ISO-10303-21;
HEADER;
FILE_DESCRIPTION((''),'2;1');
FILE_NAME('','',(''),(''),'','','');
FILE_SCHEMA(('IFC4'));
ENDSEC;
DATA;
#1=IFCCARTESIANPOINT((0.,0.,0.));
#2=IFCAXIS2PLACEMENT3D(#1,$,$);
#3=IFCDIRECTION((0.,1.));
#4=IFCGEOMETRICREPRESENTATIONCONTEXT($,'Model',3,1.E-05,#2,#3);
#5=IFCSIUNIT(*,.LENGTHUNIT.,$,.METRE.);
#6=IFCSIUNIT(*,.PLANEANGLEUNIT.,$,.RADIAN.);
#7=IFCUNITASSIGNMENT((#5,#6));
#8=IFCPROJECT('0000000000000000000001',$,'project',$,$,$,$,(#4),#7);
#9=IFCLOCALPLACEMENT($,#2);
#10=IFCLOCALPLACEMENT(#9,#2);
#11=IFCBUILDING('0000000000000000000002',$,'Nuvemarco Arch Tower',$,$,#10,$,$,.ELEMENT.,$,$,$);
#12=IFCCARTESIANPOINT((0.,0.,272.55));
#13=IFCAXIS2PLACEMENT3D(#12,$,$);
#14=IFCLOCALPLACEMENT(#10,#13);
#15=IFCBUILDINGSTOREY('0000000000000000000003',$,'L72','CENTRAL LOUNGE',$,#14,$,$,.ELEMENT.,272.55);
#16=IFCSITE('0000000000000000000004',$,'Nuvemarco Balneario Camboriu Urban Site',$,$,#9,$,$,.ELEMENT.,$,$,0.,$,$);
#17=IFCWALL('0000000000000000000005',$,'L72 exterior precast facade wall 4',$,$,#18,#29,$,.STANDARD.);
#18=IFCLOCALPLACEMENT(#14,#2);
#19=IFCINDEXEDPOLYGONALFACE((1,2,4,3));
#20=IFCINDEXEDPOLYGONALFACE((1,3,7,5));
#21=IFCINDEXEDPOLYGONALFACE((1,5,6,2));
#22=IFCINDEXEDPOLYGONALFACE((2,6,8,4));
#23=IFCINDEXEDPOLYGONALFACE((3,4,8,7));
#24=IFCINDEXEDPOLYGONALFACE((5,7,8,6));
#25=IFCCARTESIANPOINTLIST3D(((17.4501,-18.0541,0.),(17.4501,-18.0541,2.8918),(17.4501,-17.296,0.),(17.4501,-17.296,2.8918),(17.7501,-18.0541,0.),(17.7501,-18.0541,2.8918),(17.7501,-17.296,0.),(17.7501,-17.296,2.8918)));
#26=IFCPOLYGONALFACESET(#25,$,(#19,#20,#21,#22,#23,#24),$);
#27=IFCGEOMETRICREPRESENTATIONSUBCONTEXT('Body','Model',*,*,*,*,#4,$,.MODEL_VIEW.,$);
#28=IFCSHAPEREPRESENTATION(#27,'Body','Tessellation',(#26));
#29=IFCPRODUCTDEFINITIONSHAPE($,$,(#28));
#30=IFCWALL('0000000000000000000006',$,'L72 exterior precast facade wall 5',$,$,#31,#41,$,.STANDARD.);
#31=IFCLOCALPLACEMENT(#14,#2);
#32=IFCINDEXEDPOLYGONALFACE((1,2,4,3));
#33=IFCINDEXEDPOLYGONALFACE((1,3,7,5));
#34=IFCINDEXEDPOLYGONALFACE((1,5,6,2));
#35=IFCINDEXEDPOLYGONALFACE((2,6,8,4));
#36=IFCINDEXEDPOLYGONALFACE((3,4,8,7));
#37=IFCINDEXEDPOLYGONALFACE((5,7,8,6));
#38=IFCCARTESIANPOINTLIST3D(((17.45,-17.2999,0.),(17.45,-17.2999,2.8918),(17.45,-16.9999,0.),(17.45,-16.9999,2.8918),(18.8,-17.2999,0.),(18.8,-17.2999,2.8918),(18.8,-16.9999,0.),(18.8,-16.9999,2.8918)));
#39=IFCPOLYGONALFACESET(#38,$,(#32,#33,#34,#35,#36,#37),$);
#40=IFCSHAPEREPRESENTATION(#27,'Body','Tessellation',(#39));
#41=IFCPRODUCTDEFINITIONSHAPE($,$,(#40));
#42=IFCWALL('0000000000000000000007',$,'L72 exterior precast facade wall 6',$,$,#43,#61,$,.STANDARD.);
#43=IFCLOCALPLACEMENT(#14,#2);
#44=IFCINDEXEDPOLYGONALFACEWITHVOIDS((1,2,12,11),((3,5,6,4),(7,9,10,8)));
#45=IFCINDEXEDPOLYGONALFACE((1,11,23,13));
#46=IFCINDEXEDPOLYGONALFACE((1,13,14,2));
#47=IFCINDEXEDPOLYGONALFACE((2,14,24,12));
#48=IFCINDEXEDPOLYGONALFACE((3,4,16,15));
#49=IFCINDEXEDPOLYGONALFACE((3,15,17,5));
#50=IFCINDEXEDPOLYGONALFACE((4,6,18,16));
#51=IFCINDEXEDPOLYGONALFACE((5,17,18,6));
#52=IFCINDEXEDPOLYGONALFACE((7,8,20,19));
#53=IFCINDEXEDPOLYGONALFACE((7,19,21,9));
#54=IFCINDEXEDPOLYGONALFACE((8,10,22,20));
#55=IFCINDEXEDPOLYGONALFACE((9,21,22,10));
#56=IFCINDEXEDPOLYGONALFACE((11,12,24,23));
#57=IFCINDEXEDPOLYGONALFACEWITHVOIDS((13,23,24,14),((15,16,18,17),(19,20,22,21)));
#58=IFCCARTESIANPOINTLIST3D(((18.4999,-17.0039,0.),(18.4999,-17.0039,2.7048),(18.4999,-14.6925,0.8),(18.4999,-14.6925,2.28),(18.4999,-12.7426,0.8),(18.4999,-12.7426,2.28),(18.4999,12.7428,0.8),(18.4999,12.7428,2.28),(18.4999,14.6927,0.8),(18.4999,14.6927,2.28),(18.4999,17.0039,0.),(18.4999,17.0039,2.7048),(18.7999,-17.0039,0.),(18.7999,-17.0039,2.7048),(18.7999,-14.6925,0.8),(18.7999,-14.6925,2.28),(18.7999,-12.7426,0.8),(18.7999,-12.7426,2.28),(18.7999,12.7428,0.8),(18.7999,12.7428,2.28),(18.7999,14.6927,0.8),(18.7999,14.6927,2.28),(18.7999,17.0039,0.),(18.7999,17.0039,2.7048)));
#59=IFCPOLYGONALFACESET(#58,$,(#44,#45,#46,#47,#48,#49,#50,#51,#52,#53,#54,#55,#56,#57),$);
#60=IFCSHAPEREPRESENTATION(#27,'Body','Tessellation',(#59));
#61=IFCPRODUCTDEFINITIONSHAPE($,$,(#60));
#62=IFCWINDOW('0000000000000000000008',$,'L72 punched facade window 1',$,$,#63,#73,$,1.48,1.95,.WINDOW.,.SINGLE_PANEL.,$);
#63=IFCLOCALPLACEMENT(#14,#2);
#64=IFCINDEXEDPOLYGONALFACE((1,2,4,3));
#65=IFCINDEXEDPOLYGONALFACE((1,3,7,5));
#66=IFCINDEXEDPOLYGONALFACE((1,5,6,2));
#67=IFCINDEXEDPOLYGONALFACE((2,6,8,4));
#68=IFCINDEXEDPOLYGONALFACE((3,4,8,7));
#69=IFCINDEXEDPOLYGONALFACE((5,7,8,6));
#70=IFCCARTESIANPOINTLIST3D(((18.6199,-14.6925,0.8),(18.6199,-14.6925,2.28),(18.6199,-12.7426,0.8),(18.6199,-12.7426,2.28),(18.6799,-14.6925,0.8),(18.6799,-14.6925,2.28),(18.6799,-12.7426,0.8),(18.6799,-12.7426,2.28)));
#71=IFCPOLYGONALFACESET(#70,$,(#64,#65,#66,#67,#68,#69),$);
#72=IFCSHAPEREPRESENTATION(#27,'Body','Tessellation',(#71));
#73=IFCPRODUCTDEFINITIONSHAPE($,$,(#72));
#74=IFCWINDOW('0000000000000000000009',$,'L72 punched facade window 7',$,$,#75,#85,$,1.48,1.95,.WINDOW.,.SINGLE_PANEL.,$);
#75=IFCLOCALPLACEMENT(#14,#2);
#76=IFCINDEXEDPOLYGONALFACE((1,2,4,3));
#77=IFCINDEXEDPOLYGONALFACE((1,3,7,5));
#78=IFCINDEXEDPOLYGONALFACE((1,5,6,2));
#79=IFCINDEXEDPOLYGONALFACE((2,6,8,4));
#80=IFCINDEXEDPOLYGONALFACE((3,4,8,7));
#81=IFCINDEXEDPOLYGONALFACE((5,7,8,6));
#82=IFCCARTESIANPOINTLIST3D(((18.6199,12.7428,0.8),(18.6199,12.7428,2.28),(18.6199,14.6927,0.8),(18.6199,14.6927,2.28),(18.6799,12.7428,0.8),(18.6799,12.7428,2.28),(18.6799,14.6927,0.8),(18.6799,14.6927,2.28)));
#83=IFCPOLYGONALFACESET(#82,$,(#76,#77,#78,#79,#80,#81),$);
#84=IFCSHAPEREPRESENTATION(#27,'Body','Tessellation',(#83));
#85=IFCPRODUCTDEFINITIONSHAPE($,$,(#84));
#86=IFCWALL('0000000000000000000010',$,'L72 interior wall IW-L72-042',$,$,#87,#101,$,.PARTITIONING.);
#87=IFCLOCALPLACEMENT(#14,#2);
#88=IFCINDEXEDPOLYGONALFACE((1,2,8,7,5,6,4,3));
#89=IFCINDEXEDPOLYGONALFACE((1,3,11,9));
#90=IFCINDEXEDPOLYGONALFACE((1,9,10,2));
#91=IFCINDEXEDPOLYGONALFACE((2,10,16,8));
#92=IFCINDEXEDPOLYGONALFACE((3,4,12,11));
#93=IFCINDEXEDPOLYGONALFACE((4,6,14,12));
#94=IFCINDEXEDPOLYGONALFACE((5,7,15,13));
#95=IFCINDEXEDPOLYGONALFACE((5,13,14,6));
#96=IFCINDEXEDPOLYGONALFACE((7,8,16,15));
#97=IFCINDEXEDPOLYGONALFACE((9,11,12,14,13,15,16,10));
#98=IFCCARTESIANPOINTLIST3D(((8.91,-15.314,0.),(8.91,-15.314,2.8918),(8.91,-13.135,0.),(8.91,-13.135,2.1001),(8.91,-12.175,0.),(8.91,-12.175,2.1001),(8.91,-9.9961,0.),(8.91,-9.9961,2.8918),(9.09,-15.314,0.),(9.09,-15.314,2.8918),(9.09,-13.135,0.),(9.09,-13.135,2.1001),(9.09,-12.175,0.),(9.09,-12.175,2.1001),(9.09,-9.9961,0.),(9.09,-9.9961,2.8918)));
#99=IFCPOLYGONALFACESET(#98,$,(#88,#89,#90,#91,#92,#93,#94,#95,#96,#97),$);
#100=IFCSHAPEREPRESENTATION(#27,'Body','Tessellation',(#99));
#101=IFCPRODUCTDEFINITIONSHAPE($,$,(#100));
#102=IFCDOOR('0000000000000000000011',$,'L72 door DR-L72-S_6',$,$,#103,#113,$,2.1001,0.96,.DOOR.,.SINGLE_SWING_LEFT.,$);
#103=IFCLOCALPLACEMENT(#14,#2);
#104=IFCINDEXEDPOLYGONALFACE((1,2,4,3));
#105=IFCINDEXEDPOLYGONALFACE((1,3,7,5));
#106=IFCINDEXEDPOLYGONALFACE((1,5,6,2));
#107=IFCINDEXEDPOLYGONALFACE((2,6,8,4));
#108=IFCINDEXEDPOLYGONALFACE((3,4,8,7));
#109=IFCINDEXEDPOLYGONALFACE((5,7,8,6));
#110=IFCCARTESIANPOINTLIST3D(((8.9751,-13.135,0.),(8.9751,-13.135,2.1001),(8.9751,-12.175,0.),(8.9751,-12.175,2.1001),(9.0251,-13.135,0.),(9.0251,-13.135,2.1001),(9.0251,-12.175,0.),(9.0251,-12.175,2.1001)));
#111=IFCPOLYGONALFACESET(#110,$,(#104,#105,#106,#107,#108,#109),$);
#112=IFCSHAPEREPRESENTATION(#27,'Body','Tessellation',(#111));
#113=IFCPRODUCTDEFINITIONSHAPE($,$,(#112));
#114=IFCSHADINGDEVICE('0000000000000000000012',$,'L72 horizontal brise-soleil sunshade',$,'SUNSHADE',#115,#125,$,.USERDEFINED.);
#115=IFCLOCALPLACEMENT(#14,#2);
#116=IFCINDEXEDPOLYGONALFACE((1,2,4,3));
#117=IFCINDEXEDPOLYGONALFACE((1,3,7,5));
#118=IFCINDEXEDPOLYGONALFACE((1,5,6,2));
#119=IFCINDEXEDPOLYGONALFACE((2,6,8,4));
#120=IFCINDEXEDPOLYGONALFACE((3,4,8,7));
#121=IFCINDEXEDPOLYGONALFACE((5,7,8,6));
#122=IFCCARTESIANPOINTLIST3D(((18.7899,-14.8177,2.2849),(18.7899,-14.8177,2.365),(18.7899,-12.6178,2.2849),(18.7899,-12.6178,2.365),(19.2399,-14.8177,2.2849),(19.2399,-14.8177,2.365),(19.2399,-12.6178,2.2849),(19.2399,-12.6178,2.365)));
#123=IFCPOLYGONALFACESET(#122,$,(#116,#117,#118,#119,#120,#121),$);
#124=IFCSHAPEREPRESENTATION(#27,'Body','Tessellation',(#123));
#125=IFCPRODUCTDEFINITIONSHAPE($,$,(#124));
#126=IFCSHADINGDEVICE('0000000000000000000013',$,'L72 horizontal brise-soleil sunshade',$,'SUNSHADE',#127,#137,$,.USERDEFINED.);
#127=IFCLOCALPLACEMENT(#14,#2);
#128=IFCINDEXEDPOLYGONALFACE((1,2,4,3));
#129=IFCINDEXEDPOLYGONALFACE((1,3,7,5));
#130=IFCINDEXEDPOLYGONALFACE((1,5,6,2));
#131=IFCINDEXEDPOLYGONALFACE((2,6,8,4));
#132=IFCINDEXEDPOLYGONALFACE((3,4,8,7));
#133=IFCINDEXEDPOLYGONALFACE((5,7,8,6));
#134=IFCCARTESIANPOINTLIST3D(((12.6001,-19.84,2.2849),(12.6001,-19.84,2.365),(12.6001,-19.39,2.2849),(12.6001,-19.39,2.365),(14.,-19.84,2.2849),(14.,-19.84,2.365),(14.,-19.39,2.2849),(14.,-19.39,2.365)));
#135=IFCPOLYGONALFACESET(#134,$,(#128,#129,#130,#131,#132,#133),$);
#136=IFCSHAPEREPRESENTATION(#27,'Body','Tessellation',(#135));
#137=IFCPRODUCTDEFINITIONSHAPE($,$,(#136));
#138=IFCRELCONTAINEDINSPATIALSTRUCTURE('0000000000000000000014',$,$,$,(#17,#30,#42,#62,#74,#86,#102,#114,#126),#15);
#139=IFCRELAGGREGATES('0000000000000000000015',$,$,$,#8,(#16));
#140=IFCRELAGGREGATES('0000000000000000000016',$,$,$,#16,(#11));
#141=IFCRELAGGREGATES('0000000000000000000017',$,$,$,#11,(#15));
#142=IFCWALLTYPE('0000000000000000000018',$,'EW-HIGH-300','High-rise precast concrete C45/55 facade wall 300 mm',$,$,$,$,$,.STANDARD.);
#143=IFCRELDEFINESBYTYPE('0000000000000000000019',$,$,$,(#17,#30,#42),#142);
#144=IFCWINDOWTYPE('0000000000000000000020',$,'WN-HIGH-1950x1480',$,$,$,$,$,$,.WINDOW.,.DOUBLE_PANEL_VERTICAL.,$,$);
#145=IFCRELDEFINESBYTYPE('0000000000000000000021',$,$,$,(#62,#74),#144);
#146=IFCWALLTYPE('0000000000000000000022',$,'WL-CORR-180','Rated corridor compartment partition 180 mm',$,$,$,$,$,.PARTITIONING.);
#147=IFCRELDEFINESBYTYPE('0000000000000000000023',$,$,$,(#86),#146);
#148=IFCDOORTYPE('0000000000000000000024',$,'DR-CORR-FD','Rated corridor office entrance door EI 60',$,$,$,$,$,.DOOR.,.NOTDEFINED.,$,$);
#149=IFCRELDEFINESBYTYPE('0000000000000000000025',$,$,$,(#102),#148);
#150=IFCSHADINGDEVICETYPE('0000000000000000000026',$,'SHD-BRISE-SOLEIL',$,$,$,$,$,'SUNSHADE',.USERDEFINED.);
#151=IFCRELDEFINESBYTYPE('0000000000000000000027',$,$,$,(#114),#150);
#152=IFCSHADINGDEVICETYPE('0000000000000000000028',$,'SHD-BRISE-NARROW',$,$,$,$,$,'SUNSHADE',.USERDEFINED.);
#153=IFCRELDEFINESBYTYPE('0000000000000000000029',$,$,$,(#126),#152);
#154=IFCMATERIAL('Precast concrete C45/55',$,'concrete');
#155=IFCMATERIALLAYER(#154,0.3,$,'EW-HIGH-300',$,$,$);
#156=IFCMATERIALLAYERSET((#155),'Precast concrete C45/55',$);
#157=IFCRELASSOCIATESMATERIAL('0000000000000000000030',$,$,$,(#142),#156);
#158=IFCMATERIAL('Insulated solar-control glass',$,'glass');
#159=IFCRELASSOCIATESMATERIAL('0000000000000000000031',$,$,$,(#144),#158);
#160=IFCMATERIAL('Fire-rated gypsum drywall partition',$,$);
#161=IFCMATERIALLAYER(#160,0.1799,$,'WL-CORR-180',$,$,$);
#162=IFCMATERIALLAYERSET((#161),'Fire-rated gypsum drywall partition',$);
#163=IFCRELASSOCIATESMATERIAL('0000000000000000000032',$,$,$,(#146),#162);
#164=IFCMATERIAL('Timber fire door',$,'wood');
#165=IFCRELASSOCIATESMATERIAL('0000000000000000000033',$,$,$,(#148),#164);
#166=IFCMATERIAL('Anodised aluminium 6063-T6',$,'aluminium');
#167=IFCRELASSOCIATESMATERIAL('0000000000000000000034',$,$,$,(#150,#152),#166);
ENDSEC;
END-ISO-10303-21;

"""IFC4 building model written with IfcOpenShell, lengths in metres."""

from ifc_helpers import new_model, si_unit, direction, frame, frame_2d, origin, origin_2d, place, context, subcontext, project, spatial, rectangle, extrude, source, transform, mapped, material, layer, layer_set, type_object, type_shapes, element, fill, save


model = new_model("IFC4")

# Units and contexts
model_context = context("Model", 3, precision=1e-05, world=origin(), true_north=direction((0.0, 1.0)))
body_context = subcontext(model_context, "Body", "Model", "MODEL_VIEW")
ifc_project = project(units=[si_unit("LENGTHUNIT", "METRE"), si_unit("PLANEANGLEUNIT", "RADIAN")], contexts=[model_context])

# Site, building, storey
site_placement = place(None, origin())
site = spatial("IfcSite", under=ifc_project, at=site_placement, Name="Nuvemarco Balneario Camboriu Urban Site", CompositionType="ELEMENT", RefElevation=0.0)
building_placement = place(site_placement, origin())
building = spatial("IfcBuilding", under=site, at=building_placement, Name="Nuvemarco Arch Tower", CompositionType="ELEMENT")
storey_placement = place(building_placement, frame((0.0, 0.0, 272.55)))
storey = spatial("IfcBuildingStorey", under=building, at=storey_placement, Name="L72", Description="CENTRAL LOUNGE", CompositionType="ELEMENT", Elevation=272.55)

# Shared definitions
ifc_material_1 = material(Name="Precast concrete C45/55", Category="concrete")

# Walls
ifc_layer_1 = layer(ifc_material_1, 0.3, Name="EW-HIGH-300")
ifc_layer_set_1 = layer_set([ifc_layer_1], Name="Precast concrete C45/55")
wall_type_1 = type_object("IfcWallType", Name="EW-HIGH-300", Description="High-rise precast concrete C45/55 facade wall 300 mm", PredefinedType="STANDARD", material=ifc_layer_set_1)
wall_1_placement = place(storey_placement, frame((17.6001, -18.054, 0.0), z_axis=(0.0, 0.0, 1.0), x_axis=(0.0, 1.0, 0.0)))
element("IfcWall", 1, at=wall_1_placement, inside=storey, type_object=wall_type_1, Name="L72 exterior precast facade wall 4", PredefinedType="STANDARD", context=body_context, shape_type="SweptSolid", body=[
    extrude(rectangle(XDim=0.7581, YDim=0.3, at=frame_2d((0.3789, 0.0))), origin(), (0.0, 0.0, 1.0), 2.8918),
])
wall_2_placement = place(storey_placement, frame((17.45, -17.1499, 0.0), z_axis=(0.0, 0.0, 1.0), x_axis=(1.0, 0.0, 0.0)))
element("IfcWall", 2, at=wall_2_placement, inside=storey, type_object=wall_type_1, Name="L72 exterior precast facade wall 5", PredefinedType="STANDARD", context=body_context, shape_type="SweptSolid", body=[
    extrude(rectangle(XDim=1.3501, YDim=0.3, at=frame_2d((0.675, 0.0))), origin(), (0.0, 0.0, 1.0), 2.8918),
])

# Wall, openings, windows
wall_3_placement = place(storey_placement, frame((18.6499, -17.0039, 0.0), z_axis=(0.0, 0.0, 1.0), x_axis=(0.0, 1.0, 0.0)))
wall_3 = element("IfcWall", 3, at=wall_3_placement, inside=storey, type_object=wall_type_1, Name="L72 exterior precast facade wall 6", PredefinedType="STANDARD", context=body_context, shape_type="SweptSolid", body=[
    extrude(rectangle(XDim=34.0078, YDim=0.3, at=frame_2d((17.0039, 0.0))), origin(), (0.0, 0.0, 1.0), 2.7048),
])
opening_1_placement = place(wall_3_placement, frame((2.3113, 0.0, 0.8)))
opening_1 = element("IfcOpeningElement", 4, at=opening_1_placement, cuts=wall_3, PredefinedType="OPENING", context=body_context, shape_type="SweptSolid", body=[
    extrude(rectangle(XDim=1.95, YDim=1.48, at=frame_2d((0.9751, 0.74))), frame((0.0, 0.1599, 0.0), z_axis=(0.0, -1.0, 0.0), x_axis=(1.0, 0.0, 0.0)), (0.0, 0.0, 1.0), 0.3201),
])
opening_2_placement = place(wall_3_placement, frame((29.7466, 0.0, 0.8)))
opening_2 = element("IfcOpeningElement", 5, at=opening_2_placement, cuts=wall_3, PredefinedType="OPENING", context=body_context, shape_type="SweptSolid", body=[
    extrude(rectangle(XDim=1.95, YDim=1.48, at=frame_2d((0.9751, 0.74))), frame((0.0, 0.1599, 0.0), z_axis=(0.0, -1.0, 0.0), x_axis=(1.0, 0.0, 0.0)), (0.0, 0.0, 1.0), 0.3201),
])
ifc_material_2 = material(Name="Insulated solar-control glass", Category="glass")
window_type = type_object("IfcWindowType", Name="WN-HIGH-1950x1480", PartitioningType="DOUBLE_PANEL_VERTICAL", PredefinedType="WINDOW", material=ifc_material_2)
shared_shape_1 = source(origin(), body_context, "Body", "SweptSolid", [
    extrude(rectangle(XDim=1.95, YDim=1.48, at=frame_2d((0.9751, 0.74))), frame((0.0, 0.03, 0.0), z_axis=(0.0, -1.0, 0.0), x_axis=(1.0, 0.0, 0.0)), (0.0, 0.0, 1.0), 0.0601),
])
type_shapes(window_type, [shared_shape_1])
window_1_placement = place(opening_1_placement, origin())
window_1 = element("IfcWindow", 6, at=window_1_placement, inside=storey, type_object=window_type, Name="L72 punched facade window 1", OverallHeight=1.48, OverallWidth=1.95, PartitioningType="SINGLE_PANEL", PredefinedType="WINDOW", context=body_context, shape_type="MappedRepresentation", body=[
    mapped(shared_shape_1, transform((0.0, 0.0, 0.0), scale=1.0)),
])
fill(opening_1, window_1)
window_2_placement = place(opening_2_placement, origin())
window_2 = element("IfcWindow", 7, at=window_2_placement, inside=storey, type_object=window_type, Name="L72 punched facade window 7", OverallHeight=1.48, OverallWidth=1.95, PartitioningType="SINGLE_PANEL", PredefinedType="WINDOW", context=body_context, shape_type="MappedRepresentation", body=[
    mapped(shared_shape_1, transform((0.0, 0.0, 0.0), scale=1.0)),
])
fill(opening_2, window_2)

# Wall, opening, door
ifc_material_3 = material(Name="Fire-rated gypsum drywall partition")
ifc_layer_2 = layer(ifc_material_3, 0.1799, Name="WL-CORR-180")
ifc_layer_set_2 = layer_set([ifc_layer_2], Name="Fire-rated gypsum drywall partition")
wall_type_2 = type_object("IfcWallType", Name="WL-CORR-180", Description="Rated corridor compartment partition 180 mm", PredefinedType="PARTITIONING", material=ifc_layer_set_2)
wall_4_placement = place(storey_placement, frame((9.0, -15.314, 0.0), z_axis=(0.0, 0.0, 1.0), x_axis=(0.0, 1.0, 0.0)))
wall_4 = element("IfcWall", 8, at=wall_4_placement, inside=storey, type_object=wall_type_2, Name="L72 interior wall IW-L72-042", PredefinedType="PARTITIONING", context=body_context, shape_type="SweptSolid", body=[
    extrude(rectangle(XDim=5.3179, YDim=0.1799, at=frame_2d((2.6589, 0.0))), origin(), (0.0, 0.0, 1.0), 2.8918),
])
opening_3_placement = place(wall_4_placement, frame((2.179, 0.0, 0.0)))
opening_3 = element("IfcOpeningElement", 9, at=opening_3_placement, cuts=wall_4, PredefinedType="OPENING", context=body_context, shape_type="SweptSolid", body=[
    extrude(rectangle(XDim=0.96, YDim=2.1001, at=frame_2d((0.48, 1.05))), frame((0.0, 0.0999, 0.0), z_axis=(0.0, -1.0, 0.0), x_axis=(1.0, 0.0, 0.0)), (0.0, 0.0, 1.0), 0.2),
])
ifc_material_4 = material(Name="Timber fire door", Category="wood")
door_type = type_object("IfcDoorType", Name="DR-CORR-FD", Description="Rated corridor office entrance door EI 60", OperationType="NOTDEFINED", PredefinedType="DOOR", material=ifc_material_4)
shared_shape_2 = source(origin(), body_context, "Body", "SweptSolid", [
    extrude(rectangle(XDim=0.96, YDim=2.1001, at=frame_2d((0.48, 1.05))), frame((0.0, 0.0249, 0.0), z_axis=(0.0, -1.0, 0.0), x_axis=(1.0, 0.0, 0.0)), (0.0, 0.0, 1.0), 0.05),
])
type_shapes(door_type, [shared_shape_2])
door_placement = place(opening_3_placement, origin())
door = element("IfcDoor", 10, at=door_placement, inside=storey, type_object=door_type, Name="L72 door DR-L72-S_6", OperationType="SINGLE_SWING_LEFT", OverallHeight=2.1001, OverallWidth=0.96, PredefinedType="DOOR", context=body_context, shape_type="MappedRepresentation", body=[
    mapped(shared_shape_2, transform((0.0, 0.0, 0.0), scale=1.0)),
])
fill(opening_3, door)

# Shading devices
ifc_material_5 = material(Name="Anodised aluminium 6063-T6", Category="aluminium")
shading_device_type_1 = type_object("IfcShadingDeviceType", Name="SHD-BRISE-SOLEIL", ElementType="SUNSHADE", PredefinedType="USERDEFINED", material=ifc_material_5)
shared_shape_3 = source(origin(), body_context, "Body", "SweptSolid", [
    extrude(rectangle(XDim=2.2, YDim=0.45, at=origin_2d()), origin(), (0.0, 0.0, 1.0), 0.0801),
])
type_shapes(shading_device_type_1, [shared_shape_3])
shading_device_1_placement = place(storey_placement, frame((19.0149, -13.7178, 2.2849), z_axis=(0.0, 0.0, 1.0), x_axis=(0.0, 1.0, 0.0)))
element("IfcShadingDevice", 11, at=shading_device_1_placement, inside=storey, type_object=shading_device_type_1, Name="L72 horizontal brise-soleil sunshade", ObjectType="SUNSHADE", PredefinedType="USERDEFINED", context=body_context, shape_type="MappedRepresentation", body=[
    mapped(shared_shape_3, transform((0.0, 0.0, 0.0), scale=1.0)),
])
shading_device_type_2 = type_object("IfcShadingDeviceType", Name="SHD-BRISE-NARROW", ElementType="SUNSHADE", PredefinedType="USERDEFINED", material=ifc_material_5)
shared_shape_4 = source(origin(), body_context, "Body", "SweptSolid", [
    extrude(rectangle(XDim=1.3999, YDim=0.45, at=origin_2d()), origin(), (0.0, 0.0, 1.0), 0.0801),
])
type_shapes(shading_device_type_2, [shared_shape_4])
shading_device_2_placement = place(storey_placement, frame((13.3, -19.615, 2.2849), z_axis=(0.0, 0.0, 1.0), x_axis=(1.0, 0.0, 0.0)))
element("IfcShadingDevice", 12, at=shading_device_2_placement, inside=storey, type_object=shading_device_type_2, Name="L72 horizontal brise-soleil sunshade", ObjectType="SUNSHADE", PredefinedType="USERDEFINED", context=body_context, shape_type="MappedRepresentation", body=[
    mapped(shared_shape_4, transform((0.0, 0.0, 0.0), scale=1.0)),
])

save(model, "model.ifc")
